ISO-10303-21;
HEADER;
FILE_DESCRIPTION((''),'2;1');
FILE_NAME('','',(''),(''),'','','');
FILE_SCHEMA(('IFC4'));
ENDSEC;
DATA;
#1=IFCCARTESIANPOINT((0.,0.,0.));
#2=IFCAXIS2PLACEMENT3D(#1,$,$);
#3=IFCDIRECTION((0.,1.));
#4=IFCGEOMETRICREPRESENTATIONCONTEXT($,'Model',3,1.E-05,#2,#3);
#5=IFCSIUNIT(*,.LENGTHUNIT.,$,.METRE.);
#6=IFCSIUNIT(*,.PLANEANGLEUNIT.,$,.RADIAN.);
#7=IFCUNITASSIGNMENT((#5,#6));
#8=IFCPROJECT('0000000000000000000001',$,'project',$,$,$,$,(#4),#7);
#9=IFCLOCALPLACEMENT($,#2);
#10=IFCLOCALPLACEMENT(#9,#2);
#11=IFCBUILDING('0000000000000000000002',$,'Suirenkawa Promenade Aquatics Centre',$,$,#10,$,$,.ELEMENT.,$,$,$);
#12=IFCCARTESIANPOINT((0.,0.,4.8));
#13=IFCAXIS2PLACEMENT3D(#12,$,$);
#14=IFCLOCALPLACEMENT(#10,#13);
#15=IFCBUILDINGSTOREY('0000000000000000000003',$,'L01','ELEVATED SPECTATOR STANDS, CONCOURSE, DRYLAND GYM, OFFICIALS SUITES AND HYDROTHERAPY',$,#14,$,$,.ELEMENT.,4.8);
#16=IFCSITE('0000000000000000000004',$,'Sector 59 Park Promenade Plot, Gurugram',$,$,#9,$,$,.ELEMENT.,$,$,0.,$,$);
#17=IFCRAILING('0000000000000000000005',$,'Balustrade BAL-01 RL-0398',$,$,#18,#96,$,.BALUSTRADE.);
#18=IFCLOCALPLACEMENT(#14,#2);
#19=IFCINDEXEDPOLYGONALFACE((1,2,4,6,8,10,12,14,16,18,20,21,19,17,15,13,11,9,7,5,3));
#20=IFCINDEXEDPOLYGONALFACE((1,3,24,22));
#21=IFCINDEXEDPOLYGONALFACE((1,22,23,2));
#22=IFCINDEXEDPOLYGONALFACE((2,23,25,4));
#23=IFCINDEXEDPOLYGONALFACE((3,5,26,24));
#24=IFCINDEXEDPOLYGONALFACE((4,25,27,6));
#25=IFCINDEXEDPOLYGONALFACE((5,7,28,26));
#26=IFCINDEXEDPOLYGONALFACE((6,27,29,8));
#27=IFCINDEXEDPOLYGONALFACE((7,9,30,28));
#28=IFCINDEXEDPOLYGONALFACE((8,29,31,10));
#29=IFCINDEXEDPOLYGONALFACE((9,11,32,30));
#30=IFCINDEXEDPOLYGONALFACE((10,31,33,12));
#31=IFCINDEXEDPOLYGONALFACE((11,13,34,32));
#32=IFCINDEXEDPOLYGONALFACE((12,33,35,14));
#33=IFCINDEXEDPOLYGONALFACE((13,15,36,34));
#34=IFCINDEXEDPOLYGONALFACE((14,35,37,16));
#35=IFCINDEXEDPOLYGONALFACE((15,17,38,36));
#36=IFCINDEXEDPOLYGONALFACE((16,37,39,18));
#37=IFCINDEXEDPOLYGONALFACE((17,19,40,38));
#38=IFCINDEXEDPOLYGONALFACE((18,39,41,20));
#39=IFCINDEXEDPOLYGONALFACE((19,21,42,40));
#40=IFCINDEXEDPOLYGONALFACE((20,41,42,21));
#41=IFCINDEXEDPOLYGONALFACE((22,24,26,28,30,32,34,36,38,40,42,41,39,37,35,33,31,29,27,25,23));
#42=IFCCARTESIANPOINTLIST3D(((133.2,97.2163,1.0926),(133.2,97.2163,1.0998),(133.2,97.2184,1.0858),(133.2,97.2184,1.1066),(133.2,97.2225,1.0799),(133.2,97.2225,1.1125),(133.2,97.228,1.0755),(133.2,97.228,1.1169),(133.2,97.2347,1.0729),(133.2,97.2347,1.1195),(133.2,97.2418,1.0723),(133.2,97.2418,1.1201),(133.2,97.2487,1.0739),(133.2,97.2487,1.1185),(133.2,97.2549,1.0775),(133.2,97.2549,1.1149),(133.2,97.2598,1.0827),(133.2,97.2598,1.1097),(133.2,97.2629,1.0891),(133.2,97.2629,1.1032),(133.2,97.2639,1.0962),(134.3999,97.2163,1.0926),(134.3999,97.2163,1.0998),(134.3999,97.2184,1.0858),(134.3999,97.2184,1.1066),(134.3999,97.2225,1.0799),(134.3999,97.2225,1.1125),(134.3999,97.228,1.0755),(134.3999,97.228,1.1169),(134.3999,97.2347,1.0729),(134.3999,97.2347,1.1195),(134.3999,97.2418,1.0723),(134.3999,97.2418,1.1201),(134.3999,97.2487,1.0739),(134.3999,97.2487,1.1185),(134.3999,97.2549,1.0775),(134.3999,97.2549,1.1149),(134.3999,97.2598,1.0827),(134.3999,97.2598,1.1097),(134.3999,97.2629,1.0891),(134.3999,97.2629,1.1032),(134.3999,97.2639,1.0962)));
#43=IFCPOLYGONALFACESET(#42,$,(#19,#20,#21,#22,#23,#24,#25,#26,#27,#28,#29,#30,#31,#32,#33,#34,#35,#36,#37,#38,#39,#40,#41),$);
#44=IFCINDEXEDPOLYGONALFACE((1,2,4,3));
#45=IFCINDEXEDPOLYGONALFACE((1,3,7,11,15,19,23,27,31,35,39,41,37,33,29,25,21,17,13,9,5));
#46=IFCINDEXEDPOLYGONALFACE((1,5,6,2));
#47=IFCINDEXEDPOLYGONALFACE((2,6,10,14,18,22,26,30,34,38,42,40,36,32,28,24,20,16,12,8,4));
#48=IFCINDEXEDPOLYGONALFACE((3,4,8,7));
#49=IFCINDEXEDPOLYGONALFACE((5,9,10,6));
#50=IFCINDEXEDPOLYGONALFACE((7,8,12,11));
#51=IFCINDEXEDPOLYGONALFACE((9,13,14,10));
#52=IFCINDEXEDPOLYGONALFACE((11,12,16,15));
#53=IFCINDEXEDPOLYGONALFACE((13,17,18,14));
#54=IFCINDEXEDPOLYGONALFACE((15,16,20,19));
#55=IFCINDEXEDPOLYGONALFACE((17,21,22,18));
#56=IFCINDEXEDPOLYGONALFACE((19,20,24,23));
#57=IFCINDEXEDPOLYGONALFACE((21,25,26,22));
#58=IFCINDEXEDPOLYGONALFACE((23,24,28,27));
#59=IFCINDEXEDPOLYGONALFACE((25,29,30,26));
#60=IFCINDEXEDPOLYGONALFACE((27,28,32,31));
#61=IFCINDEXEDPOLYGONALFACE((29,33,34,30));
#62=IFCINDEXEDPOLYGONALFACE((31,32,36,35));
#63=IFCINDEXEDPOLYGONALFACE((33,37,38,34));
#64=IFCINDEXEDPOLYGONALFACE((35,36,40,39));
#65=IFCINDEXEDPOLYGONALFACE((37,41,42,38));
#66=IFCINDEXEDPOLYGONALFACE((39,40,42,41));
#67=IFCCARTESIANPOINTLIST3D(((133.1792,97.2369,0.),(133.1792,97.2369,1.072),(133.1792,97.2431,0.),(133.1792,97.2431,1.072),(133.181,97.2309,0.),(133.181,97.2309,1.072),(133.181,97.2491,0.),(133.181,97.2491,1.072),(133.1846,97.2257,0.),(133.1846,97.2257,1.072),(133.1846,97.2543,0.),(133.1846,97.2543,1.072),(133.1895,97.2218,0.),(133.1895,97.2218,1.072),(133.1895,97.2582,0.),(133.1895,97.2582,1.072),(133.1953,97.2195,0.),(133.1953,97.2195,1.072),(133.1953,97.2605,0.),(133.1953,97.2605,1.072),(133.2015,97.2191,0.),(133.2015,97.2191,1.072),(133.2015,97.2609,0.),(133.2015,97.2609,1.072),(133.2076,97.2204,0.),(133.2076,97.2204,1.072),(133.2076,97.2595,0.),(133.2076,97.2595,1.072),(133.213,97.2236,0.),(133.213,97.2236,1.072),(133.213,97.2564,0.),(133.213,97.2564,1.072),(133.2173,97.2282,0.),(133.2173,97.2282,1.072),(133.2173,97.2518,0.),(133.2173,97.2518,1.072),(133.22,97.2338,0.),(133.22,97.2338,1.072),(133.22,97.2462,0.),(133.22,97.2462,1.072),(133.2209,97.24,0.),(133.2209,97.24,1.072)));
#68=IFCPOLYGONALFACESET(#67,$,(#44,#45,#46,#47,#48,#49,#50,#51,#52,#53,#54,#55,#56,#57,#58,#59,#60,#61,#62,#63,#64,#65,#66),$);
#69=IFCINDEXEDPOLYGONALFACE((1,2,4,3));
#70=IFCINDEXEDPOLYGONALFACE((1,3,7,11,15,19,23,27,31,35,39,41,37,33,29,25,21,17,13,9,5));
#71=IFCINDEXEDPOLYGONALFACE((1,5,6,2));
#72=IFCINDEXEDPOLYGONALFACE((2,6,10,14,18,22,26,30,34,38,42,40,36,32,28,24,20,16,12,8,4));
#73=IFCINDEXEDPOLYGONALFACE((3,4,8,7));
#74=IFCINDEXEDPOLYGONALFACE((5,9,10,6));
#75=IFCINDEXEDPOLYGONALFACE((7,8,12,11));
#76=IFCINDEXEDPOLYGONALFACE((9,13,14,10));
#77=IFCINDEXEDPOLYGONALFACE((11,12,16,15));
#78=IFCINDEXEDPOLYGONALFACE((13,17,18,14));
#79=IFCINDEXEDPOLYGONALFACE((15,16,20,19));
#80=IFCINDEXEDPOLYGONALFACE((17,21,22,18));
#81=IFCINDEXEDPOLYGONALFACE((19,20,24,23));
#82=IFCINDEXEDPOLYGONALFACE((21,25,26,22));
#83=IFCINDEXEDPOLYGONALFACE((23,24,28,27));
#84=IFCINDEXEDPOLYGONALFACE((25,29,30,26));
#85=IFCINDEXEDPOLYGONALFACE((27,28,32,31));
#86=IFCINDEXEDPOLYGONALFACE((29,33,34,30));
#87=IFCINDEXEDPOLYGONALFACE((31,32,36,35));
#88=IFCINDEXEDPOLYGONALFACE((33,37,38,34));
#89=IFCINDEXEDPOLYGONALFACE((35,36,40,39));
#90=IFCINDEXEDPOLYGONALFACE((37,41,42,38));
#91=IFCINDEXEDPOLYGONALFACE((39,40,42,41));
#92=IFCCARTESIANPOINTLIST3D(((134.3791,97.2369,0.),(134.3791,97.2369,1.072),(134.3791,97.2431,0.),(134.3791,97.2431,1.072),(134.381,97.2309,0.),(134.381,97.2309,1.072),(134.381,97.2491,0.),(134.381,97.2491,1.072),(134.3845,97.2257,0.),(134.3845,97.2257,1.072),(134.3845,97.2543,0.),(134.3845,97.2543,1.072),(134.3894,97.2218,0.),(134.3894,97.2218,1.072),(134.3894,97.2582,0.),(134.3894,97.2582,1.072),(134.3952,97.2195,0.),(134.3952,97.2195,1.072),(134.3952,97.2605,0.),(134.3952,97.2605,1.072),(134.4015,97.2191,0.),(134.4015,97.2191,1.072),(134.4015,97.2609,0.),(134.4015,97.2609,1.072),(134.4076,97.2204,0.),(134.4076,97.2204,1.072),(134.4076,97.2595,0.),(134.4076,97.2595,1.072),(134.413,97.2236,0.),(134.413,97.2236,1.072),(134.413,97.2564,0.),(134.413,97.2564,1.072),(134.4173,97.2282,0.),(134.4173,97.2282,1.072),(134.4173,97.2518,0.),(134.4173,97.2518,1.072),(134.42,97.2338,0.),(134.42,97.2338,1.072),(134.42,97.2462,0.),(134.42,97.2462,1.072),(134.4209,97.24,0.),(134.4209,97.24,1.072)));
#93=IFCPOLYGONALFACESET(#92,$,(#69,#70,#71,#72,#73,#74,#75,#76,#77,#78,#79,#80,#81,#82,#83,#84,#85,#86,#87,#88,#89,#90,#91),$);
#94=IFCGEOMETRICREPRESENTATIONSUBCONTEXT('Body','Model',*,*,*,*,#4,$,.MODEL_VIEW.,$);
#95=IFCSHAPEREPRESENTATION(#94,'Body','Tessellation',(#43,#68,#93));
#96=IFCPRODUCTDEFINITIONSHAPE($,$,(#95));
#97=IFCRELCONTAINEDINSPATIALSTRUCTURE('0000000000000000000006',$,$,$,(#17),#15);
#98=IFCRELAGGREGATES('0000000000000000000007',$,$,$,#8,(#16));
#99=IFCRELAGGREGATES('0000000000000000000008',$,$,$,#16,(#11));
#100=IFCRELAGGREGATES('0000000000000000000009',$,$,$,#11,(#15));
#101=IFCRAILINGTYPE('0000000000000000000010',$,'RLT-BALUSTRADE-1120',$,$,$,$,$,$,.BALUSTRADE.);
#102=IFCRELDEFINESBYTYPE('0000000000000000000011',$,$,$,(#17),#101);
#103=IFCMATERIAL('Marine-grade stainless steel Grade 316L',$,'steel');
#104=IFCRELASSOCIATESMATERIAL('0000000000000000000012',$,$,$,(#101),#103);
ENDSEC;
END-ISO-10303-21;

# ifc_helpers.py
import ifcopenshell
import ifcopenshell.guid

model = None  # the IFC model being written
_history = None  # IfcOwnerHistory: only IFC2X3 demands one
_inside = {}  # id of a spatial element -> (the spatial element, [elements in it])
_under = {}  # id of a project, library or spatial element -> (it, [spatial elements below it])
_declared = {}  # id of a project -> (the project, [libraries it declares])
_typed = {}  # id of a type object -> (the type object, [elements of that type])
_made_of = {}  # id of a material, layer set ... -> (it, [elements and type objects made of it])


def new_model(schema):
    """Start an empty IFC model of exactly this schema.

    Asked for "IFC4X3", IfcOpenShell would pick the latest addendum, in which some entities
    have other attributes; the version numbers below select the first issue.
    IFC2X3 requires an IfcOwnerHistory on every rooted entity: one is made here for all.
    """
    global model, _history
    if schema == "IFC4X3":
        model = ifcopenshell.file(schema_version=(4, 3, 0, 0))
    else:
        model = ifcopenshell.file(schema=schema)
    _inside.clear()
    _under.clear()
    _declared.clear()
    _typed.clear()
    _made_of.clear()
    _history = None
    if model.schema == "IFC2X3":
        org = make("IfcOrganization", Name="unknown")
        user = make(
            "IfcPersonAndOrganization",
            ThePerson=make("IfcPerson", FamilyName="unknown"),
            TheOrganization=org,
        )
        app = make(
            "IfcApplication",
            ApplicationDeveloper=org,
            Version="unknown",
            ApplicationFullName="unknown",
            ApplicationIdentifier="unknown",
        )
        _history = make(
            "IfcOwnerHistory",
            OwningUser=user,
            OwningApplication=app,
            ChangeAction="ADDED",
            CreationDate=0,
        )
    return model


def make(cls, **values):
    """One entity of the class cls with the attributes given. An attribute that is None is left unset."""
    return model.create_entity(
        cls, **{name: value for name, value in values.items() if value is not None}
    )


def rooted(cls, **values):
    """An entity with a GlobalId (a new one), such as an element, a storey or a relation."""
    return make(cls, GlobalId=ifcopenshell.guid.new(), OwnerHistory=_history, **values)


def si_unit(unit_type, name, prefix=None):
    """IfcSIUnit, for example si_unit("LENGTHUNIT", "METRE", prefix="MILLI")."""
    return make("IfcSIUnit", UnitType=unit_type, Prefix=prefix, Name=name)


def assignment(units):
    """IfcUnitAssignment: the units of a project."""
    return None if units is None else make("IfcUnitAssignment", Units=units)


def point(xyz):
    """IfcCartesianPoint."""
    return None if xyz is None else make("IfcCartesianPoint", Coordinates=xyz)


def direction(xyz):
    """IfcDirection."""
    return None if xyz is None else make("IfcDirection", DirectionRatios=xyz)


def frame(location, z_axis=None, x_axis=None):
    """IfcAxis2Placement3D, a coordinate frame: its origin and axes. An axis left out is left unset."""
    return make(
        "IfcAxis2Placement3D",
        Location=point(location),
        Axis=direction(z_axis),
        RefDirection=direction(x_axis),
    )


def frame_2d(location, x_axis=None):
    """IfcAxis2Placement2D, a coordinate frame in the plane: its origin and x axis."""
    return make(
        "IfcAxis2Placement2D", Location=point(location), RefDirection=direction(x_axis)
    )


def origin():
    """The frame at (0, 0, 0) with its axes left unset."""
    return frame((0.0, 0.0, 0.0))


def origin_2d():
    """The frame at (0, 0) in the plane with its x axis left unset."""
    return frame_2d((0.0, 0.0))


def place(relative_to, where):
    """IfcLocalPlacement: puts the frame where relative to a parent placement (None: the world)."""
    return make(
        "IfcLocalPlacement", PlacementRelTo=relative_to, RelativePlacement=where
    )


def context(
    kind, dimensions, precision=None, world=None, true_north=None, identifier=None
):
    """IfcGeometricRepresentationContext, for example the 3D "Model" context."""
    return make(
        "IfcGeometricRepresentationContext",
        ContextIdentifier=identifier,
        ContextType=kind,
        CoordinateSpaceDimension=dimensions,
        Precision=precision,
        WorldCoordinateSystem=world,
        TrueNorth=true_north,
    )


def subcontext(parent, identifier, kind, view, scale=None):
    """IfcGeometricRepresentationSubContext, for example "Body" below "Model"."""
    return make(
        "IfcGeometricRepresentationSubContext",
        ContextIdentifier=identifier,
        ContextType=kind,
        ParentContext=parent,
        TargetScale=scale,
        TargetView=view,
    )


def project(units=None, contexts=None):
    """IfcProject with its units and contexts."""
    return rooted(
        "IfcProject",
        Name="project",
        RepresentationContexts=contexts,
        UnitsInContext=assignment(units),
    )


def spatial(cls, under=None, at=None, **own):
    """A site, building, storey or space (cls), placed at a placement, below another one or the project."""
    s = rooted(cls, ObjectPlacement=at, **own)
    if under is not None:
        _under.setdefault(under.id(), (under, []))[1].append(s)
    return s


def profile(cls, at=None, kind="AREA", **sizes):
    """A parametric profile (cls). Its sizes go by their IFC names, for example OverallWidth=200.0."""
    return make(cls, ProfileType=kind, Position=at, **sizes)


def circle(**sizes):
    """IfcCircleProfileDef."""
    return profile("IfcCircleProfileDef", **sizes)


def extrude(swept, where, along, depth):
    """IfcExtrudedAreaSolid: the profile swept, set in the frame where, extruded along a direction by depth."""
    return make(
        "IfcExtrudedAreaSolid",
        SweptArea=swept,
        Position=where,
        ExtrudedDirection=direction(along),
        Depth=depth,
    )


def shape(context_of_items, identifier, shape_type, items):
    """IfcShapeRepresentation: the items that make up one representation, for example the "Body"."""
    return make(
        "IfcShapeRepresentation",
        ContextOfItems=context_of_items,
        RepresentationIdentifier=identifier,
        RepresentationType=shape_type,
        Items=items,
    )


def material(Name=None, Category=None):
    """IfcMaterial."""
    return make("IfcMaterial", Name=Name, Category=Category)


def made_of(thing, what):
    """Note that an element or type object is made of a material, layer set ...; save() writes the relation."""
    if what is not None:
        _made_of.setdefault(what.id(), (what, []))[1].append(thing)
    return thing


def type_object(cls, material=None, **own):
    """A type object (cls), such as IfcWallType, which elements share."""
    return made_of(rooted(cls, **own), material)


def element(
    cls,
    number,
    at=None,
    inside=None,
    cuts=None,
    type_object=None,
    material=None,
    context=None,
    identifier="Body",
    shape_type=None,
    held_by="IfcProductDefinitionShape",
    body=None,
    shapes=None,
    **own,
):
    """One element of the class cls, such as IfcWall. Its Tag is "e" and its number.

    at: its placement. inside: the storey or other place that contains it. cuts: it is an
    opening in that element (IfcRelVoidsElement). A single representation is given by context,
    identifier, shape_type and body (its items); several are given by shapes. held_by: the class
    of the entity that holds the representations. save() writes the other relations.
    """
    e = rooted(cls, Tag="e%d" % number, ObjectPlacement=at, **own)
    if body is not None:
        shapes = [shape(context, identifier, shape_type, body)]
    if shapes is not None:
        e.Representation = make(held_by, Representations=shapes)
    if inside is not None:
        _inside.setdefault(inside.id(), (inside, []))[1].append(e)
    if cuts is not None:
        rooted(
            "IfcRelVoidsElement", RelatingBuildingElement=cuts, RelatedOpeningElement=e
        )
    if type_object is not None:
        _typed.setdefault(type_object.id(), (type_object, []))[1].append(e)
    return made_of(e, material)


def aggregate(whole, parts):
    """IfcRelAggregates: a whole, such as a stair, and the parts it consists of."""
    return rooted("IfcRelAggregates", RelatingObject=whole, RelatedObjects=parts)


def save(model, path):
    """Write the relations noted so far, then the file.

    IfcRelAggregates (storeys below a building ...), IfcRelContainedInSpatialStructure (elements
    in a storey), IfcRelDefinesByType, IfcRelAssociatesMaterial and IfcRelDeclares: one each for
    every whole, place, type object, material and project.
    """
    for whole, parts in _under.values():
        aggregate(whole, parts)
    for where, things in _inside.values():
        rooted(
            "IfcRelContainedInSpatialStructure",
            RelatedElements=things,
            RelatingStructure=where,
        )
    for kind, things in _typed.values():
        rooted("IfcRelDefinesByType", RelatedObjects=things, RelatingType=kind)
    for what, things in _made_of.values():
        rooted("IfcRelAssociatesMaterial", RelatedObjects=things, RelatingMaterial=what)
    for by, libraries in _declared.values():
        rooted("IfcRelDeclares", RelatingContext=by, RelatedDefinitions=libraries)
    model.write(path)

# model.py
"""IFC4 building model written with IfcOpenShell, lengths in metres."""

from ifc_helpers import new_model, si_unit, direction, frame, origin, origin_2d, place, context, subcontext, project, spatial, circle, extrude, material, type_object, element, save


model = new_model("IFC4")

# Units and contexts
model_context = context("Model", 3, precision=1e-05, world=origin(), true_north=direction((0.0, 1.0)))
body_context = subcontext(model_context, "Body", "Model", "MODEL_VIEW")
ifc_project = project(units=[si_unit("LENGTHUNIT", "METRE"), si_unit("PLANEANGLEUNIT", "RADIAN")], contexts=[model_context])

# Site, building, storey
site_placement = place(None, origin())
site = spatial("IfcSite", under=ifc_project, at=site_placement, Name="Sector 59 Park Promenade Plot, Gurugram", CompositionType="ELEMENT", RefElevation=0.0)
building_placement = place(site_placement, origin())
building = spatial("IfcBuilding", under=site, at=building_placement, Name="Suirenkawa Promenade Aquatics Centre", CompositionType="ELEMENT")
storey_placement = place(building_placement, frame((0.0, 0.0, 4.8)))
storey = spatial("IfcBuildingStorey", under=building, at=storey_placement, Name="L01", Description="ELEVATED SPECTATOR STANDS, CONCOURSE, DRYLAND GYM, OFFICIALS SUITES AND HYDROTHERAPY", CompositionType="ELEMENT", Elevation=4.8)

# Railing
ifc_material_1 = material(Name="Marine-grade stainless steel Grade 316L", Category="steel")
railing_type_1 = type_object("IfcRailingType", Name="RLT-BALUSTRADE-1120", PredefinedType="BALUSTRADE", material=ifc_material_1)
railing_1_placement = place(storey_placement, frame((133.2, 97.24, 0.0)))
element("IfcRailing", 1, at=railing_1_placement, inside=storey, type_object=railing_type_1, Name="Balustrade BAL-01 RL-0398", PredefinedType="BALUSTRADE", context=body_context, shape_type="SweptSolid", body=[
    extrude(circle(Radius=0.0239, at=origin_2d()), frame((0.0, 0.0, 1.0962), z_axis=(1.0, 0.0, 0.0), x_axis=(0.0, 1.0, 0.0)), (0.0, 0.0, 1.0), 1.2),
    extrude(circle(Radius=0.021, at=origin_2d()), origin(), (0.0, 0.0, 1.0), 1.072),
    extrude(circle(Radius=0.021, at=origin_2d()), frame((1.2, 0.0, 0.0)), (0.0, 0.0, 1.0), 1.072),
])

save(model, "model.ifc")
